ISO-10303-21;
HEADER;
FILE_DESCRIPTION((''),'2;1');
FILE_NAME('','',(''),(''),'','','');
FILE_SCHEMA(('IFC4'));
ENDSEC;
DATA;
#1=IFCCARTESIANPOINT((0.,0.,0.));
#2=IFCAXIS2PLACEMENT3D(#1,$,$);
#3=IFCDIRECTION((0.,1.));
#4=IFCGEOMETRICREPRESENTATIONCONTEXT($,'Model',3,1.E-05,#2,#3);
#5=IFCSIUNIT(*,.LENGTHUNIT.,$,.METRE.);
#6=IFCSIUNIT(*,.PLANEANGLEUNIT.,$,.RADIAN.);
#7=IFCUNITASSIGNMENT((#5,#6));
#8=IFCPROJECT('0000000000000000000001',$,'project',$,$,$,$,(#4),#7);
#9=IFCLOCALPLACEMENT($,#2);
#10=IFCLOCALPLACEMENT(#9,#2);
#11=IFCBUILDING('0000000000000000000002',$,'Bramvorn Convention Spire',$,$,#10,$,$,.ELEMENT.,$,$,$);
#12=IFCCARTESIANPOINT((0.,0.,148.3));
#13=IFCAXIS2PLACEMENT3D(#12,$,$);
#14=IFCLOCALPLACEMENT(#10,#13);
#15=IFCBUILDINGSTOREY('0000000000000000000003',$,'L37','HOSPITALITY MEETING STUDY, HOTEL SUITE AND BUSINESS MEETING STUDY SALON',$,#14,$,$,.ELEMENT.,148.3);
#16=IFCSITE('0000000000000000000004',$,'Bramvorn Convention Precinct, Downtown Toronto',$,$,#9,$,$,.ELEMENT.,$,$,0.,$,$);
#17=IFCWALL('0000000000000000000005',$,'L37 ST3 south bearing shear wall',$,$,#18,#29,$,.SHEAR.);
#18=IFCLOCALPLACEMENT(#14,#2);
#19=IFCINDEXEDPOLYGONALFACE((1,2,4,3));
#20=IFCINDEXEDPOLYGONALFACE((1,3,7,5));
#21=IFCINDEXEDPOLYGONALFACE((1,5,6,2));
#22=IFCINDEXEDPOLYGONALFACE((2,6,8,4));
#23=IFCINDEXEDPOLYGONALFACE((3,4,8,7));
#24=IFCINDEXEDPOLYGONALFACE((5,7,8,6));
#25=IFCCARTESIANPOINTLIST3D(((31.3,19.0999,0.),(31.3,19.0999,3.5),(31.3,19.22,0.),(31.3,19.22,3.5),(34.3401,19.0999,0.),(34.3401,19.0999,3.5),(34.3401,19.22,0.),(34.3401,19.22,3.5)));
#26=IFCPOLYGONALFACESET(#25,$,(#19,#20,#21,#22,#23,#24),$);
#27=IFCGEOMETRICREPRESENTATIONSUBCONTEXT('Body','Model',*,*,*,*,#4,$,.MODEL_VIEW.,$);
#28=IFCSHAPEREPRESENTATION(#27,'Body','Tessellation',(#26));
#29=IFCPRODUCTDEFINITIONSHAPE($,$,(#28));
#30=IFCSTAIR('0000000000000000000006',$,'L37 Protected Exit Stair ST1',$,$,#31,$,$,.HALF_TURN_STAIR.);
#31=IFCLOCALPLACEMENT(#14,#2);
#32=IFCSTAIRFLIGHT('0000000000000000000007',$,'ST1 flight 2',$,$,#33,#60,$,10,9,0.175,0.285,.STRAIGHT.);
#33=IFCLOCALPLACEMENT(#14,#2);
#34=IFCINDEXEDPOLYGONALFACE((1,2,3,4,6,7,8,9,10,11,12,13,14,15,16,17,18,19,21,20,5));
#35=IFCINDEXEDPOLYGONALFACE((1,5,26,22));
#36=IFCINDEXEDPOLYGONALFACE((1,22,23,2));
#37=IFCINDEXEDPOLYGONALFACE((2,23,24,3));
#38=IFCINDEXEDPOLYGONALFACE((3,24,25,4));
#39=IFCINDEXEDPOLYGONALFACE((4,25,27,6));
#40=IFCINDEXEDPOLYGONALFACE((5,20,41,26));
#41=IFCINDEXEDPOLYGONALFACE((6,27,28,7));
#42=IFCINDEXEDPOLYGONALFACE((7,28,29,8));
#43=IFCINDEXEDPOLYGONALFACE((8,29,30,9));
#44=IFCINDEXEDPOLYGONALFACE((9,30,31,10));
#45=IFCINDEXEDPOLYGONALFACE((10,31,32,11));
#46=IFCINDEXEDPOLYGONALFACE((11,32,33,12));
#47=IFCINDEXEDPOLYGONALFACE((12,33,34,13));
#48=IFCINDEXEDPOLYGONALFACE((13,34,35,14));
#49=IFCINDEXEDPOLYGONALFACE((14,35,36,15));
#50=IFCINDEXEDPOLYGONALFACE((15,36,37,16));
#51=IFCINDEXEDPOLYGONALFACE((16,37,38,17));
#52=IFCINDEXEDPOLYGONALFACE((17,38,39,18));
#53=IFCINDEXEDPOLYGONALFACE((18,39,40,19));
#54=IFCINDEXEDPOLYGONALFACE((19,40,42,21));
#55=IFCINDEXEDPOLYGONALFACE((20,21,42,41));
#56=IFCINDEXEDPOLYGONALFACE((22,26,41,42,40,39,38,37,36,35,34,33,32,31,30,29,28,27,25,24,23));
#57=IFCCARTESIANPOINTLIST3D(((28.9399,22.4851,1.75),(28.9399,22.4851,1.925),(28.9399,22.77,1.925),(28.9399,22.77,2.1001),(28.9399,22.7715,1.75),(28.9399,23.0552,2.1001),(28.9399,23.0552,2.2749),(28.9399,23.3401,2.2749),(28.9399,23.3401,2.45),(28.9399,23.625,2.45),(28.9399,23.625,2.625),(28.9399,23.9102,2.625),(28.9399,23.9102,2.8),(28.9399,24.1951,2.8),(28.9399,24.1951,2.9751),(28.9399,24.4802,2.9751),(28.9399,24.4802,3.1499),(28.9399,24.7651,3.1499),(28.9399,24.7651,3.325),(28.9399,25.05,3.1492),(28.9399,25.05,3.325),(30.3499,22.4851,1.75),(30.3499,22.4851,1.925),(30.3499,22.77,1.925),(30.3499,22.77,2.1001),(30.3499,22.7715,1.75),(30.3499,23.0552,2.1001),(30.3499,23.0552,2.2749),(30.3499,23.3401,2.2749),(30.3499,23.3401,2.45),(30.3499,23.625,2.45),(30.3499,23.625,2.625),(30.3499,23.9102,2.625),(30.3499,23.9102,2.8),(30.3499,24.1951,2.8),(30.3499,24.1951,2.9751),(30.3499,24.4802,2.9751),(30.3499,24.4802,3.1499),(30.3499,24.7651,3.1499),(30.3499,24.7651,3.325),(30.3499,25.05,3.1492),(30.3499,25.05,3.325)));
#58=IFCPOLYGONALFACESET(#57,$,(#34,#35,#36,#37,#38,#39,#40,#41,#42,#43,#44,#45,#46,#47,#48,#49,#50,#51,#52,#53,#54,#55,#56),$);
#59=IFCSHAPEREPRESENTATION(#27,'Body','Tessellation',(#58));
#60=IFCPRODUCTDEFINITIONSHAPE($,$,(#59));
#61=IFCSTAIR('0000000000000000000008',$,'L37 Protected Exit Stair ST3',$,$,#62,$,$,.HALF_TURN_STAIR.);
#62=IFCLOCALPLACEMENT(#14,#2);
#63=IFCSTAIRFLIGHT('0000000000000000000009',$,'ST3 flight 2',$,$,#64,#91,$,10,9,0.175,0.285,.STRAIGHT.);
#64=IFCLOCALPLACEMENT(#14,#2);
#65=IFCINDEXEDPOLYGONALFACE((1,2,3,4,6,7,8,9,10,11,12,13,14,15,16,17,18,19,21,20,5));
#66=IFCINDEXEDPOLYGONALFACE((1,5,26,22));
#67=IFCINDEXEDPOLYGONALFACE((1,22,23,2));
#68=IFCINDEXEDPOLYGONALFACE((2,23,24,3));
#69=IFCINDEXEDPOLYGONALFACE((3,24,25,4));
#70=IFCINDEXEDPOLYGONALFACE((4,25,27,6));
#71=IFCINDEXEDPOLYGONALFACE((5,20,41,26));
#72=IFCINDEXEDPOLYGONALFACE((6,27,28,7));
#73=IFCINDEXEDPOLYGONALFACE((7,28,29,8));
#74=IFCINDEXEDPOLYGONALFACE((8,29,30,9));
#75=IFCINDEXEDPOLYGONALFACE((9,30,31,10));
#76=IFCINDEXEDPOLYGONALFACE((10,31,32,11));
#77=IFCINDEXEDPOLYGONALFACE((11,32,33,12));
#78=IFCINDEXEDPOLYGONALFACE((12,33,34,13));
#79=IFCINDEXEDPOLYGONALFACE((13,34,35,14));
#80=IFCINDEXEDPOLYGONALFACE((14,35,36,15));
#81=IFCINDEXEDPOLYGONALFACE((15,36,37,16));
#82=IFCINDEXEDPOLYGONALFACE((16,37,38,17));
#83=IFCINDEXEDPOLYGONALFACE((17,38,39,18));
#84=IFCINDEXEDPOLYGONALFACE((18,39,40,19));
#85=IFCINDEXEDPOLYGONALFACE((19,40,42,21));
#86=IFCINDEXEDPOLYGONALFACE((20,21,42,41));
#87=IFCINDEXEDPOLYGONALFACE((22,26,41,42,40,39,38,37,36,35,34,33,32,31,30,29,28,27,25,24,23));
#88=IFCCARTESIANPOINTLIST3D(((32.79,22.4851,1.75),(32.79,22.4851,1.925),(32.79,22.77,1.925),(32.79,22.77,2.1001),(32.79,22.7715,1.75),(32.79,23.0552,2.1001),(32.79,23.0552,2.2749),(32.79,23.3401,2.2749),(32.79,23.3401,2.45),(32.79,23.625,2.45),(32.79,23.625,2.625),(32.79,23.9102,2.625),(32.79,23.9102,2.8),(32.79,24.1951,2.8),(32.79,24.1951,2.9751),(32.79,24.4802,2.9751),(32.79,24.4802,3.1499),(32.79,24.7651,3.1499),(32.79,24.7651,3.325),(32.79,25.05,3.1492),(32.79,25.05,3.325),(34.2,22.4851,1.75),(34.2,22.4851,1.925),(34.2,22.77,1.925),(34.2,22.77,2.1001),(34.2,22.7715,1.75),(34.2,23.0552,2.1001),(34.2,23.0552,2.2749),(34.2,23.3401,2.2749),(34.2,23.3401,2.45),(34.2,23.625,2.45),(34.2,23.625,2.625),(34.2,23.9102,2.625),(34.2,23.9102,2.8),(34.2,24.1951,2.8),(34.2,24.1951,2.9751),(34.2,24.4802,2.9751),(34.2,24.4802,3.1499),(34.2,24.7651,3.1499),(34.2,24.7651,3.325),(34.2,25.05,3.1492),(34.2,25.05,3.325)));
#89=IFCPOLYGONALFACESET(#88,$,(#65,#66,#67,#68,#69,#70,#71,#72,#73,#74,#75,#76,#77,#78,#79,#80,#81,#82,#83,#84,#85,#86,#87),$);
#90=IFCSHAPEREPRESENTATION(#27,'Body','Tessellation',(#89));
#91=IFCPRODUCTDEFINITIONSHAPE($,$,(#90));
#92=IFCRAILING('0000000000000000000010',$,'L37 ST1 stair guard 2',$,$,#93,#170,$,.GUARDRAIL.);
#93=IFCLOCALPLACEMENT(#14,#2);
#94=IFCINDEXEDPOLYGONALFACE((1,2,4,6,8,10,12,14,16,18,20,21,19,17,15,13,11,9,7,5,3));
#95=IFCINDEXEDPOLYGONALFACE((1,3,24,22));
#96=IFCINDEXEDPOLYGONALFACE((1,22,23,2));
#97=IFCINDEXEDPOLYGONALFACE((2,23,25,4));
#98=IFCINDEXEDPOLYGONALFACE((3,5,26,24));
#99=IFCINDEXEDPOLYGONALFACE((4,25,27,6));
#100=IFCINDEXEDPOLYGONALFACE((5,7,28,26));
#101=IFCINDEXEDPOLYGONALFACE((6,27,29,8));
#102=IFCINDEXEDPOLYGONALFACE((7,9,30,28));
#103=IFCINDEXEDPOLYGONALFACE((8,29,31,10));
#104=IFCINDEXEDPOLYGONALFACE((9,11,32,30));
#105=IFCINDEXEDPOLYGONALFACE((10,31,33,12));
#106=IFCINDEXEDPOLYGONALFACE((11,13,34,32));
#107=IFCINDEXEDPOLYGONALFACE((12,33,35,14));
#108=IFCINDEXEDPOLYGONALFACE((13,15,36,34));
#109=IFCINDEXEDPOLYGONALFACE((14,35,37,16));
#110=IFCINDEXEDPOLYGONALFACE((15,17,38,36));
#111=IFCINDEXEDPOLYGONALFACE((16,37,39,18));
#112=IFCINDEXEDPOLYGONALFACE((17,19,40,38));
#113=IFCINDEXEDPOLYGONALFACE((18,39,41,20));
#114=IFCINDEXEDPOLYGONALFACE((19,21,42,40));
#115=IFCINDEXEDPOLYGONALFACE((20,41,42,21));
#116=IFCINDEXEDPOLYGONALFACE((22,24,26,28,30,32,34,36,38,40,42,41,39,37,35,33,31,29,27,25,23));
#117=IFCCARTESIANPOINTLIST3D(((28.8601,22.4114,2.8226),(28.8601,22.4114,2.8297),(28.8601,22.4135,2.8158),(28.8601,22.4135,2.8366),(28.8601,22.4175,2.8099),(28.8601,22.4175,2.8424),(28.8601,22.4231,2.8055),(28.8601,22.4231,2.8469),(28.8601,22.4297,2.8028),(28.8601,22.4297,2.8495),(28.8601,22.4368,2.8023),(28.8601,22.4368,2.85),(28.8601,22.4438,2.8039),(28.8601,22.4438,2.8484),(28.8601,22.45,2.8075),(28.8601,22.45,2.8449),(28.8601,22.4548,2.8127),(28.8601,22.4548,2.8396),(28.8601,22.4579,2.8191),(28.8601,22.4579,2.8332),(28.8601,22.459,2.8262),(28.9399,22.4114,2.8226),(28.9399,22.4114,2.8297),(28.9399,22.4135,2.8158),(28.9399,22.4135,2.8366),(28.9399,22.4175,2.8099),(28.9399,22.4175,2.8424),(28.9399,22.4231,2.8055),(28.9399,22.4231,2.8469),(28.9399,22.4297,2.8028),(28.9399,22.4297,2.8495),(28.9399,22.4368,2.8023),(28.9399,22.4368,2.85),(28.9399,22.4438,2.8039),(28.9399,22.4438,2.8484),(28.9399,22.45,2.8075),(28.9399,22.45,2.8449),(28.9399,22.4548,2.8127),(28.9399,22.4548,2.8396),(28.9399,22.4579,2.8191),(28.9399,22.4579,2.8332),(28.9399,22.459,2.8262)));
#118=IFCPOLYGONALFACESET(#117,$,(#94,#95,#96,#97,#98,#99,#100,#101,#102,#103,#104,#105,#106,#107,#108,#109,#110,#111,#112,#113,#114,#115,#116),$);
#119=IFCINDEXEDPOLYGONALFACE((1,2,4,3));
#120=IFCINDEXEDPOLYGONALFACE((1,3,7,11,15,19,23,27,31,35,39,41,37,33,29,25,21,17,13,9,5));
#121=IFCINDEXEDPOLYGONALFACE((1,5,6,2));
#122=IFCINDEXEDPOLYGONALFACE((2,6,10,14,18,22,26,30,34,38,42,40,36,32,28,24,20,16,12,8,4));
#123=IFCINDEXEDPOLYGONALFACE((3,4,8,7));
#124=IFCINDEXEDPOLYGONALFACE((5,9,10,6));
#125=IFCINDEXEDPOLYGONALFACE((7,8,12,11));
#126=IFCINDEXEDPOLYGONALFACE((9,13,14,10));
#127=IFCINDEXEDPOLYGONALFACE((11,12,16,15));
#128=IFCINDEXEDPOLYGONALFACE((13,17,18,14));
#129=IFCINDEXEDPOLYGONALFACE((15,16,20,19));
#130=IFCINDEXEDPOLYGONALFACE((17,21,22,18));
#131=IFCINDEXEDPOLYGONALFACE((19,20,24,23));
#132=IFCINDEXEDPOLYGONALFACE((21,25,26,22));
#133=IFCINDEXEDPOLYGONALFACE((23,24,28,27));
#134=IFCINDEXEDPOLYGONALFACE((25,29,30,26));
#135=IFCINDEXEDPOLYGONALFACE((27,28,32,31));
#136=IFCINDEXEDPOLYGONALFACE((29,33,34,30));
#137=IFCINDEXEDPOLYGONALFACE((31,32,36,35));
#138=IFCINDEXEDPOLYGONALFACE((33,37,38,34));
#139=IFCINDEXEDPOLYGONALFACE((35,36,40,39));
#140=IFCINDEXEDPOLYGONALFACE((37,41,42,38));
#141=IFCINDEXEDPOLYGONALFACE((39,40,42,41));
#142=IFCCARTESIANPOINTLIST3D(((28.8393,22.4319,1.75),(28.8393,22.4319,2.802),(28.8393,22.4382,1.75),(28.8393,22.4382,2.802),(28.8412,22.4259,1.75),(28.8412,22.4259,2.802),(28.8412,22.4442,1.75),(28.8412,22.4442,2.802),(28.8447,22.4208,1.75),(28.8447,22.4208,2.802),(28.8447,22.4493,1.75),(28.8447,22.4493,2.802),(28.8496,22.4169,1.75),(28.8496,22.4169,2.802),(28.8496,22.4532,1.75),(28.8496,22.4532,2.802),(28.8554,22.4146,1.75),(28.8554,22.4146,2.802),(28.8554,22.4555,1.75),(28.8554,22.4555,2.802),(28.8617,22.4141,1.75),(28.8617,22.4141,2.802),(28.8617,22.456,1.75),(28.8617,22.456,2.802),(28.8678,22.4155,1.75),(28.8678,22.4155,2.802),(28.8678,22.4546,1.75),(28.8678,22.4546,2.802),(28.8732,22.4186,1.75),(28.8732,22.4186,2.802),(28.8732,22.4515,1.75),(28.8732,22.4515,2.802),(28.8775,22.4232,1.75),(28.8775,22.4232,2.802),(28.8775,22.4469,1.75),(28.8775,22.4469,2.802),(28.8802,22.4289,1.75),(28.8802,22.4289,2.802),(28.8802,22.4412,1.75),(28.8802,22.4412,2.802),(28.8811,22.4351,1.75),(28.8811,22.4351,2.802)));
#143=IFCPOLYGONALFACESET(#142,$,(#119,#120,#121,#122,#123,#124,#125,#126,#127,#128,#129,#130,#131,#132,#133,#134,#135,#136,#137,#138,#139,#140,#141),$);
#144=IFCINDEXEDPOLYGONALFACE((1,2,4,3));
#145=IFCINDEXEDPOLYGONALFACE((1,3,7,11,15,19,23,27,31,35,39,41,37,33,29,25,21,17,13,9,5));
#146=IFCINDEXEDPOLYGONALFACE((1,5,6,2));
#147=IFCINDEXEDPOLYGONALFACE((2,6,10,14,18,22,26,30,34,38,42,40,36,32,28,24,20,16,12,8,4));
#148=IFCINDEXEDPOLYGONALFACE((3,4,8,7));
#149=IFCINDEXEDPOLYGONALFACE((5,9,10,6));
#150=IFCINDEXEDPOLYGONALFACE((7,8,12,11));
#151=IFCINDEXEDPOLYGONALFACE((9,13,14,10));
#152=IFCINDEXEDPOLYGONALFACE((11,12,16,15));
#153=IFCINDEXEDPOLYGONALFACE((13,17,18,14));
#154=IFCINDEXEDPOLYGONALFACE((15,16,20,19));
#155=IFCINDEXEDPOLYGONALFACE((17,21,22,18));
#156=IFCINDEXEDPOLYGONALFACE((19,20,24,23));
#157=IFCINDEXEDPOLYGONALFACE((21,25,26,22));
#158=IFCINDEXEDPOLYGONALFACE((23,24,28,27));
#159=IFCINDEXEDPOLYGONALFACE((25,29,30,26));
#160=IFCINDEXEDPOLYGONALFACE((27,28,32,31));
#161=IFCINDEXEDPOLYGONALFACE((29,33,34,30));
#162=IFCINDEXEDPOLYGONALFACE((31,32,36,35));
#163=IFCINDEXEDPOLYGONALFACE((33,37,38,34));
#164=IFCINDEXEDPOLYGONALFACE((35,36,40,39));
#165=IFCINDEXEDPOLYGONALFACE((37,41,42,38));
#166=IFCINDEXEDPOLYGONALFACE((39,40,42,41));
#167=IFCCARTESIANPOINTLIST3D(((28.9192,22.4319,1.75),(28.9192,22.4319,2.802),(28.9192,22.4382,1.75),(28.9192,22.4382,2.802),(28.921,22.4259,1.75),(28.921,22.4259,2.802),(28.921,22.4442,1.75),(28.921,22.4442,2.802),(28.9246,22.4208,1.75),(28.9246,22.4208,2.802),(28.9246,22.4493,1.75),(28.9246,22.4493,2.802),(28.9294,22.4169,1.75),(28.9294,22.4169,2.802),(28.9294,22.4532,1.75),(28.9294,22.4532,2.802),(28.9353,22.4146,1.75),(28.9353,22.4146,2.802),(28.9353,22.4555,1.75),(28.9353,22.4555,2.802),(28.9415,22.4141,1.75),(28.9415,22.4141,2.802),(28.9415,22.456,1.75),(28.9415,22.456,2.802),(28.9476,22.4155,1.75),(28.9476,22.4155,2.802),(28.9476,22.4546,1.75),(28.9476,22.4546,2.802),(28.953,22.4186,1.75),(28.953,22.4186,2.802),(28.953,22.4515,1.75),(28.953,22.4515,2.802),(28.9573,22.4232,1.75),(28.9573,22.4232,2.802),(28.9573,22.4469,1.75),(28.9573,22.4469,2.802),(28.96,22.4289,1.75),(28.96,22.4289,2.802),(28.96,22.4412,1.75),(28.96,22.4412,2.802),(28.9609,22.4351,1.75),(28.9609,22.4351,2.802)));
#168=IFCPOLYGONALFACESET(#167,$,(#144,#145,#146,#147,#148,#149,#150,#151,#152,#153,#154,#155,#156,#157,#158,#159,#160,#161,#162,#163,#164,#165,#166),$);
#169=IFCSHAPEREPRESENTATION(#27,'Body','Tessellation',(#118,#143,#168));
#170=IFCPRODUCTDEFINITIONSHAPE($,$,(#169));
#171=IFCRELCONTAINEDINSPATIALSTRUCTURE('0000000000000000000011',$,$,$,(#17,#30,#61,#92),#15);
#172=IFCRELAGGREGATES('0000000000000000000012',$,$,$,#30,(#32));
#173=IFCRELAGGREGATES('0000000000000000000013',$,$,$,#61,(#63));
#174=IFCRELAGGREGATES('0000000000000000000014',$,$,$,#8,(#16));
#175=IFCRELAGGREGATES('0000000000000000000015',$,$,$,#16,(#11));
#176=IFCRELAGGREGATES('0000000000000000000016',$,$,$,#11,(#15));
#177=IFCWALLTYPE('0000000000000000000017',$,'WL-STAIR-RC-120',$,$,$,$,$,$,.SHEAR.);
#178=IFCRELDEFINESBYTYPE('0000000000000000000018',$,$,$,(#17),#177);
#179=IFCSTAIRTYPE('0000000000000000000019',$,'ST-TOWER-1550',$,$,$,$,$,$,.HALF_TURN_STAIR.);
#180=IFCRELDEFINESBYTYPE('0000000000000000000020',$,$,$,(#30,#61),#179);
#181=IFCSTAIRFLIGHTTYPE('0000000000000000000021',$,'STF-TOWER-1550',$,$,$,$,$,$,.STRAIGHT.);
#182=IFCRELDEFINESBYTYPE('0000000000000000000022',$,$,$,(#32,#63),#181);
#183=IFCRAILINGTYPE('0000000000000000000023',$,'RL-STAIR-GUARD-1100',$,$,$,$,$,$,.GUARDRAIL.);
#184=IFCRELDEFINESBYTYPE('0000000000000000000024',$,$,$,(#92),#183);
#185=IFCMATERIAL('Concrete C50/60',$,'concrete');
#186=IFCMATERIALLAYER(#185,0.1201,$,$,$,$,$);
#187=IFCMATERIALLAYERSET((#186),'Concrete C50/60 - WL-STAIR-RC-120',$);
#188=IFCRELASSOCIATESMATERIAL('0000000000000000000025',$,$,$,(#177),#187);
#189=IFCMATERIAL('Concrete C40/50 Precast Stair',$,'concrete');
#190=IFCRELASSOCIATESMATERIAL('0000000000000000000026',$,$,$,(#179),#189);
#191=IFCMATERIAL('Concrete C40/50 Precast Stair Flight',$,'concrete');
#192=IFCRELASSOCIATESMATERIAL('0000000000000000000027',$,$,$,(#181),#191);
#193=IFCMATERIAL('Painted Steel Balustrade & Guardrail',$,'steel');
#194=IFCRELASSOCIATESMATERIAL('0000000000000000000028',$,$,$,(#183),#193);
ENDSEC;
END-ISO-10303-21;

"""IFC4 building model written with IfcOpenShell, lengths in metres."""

from ifc_helpers import new_model, si_unit, direction, frame, frame_2d, origin, origin_2d, place, context, subcontext, project, spatial, polyline, rectangle, circle, outline, extrude, material, layer, layer_set, type_object, element, aggregate, save


model = new_model("IFC4")

# Units and contexts
model_context = context("Model", 3, precision=1e-05, world=origin(), true_north=direction((0.0, 1.0)))
body_context = subcontext(model_context, "Body", "Model", "MODEL_VIEW")
ifc_project = project(units=[si_unit("LENGTHUNIT", "METRE"), si_unit("PLANEANGLEUNIT", "RADIAN")], contexts=[model_context])

# Site, building, storey
site_placement = place(None, origin())
site = spatial("IfcSite", under=ifc_project, at=site_placement, Name="Bramvorn Convention Precinct, Downtown Toronto", CompositionType="ELEMENT", RefElevation=0.0)
building_placement = place(site_placement, origin())
building = spatial("IfcBuilding", under=site, at=building_placement, Name="Bramvorn Convention Spire", CompositionType="ELEMENT")
storey_placement = place(building_placement, frame((0.0, 0.0, 148.3)))
storey = spatial("IfcBuildingStorey", under=building, at=storey_placement, Name="L37", Description="HOSPITALITY MEETING STUDY, HOTEL SUITE AND BUSINESS MEETING STUDY SALON", CompositionType="ELEMENT", Elevation=148.3)

# Wall
ifc_material_1 = material(Name="Concrete C50/60", Category="concrete")
ifc_layer_1 = layer(ifc_material_1, 0.1201)
ifc_layer_set_1 = layer_set([ifc_layer_1], Name="Concrete C50/60 - WL-STAIR-RC-120")
wall_type_1 = type_object("IfcWallType", Name="WL-STAIR-RC-120", PredefinedType="SHEAR", material=ifc_layer_set_1)
wall_1_placement = place(storey_placement, frame((31.3, 19.1599, 0.0), z_axis=(0.0, 0.0, 1.0), x_axis=(1.0, 0.0, 0.0)))
element("IfcWall", 1, at=wall_1_placement, inside=storey, type_object=wall_type_1, Name="L37 ST3 south bearing shear wall", PredefinedType="SHEAR", context=body_context, shape_type="SweptSolid", body=[
    extrude(rectangle(XDim=3.04, YDim=0.1201, at=frame_2d((1.52, 0.0))), origin(), (0.0, 0.0, 1.0), 3.5),
])

# Stairs, stair flights
ifc_material_2 = material(Name="Concrete C40/50 Precast Stair", Category="concrete")
stair_type = type_object("IfcStairType", Name="ST-TOWER-1550", PredefinedType="HALF_TURN_STAIR", material=ifc_material_2)
stair_1_placement = place(storey_placement, origin())
stair_1 = element("IfcStair", 2, at=stair_1_placement, inside=storey, type_object=stair_type, Name="L37 Protected Exit Stair ST1", PredefinedType="HALF_TURN_STAIR")
ifc_material_3 = material(Name="Concrete C40/50 Precast Stair Flight", Category="concrete")
stair_flight_type = type_object("IfcStairFlightType", Name="STF-TOWER-1550", PredefinedType="STRAIGHT", material=ifc_material_3)
stair_flight_1_placement = place(storey_placement, frame((29.645, 22.4851, 1.75), z_axis=(0.0, 0.0, 1.0), x_axis=(0.0, 1.0, 0.0)))
stair_flight_1 = element("IfcStairFlight", 3, at=stair_flight_1_placement, type_object=stair_flight_type, Name="ST1 flight 2", NumberOfRisers=10, NumberOfTreads=9, PredefinedType="STRAIGHT", RiserHeight=0.175, TreadLength=0.285, context=body_context, shape_type="SweptSolid", body=[
    extrude(outline(polyline([(0.0, 0.0), (0.0, 0.175), (0.2849, 0.175), (0.2849, 0.3501), (0.5701, 0.3501), (0.5701, 0.5249), (0.855, 0.5249), (0.855, 0.7), (1.1399, 0.7), (1.1399, 0.875), (1.425, 0.875), (1.425, 1.05), (1.71, 1.05), (1.71, 1.2251), (1.9951, 1.2251), (1.9951, 1.3999), (2.28, 1.3999), (2.28, 1.575), (2.5649, 1.575), (2.5649, 1.75), (2.5649, 1.3992), (0.2864, 0.0), (0.0, 0.0)])), frame((0.0, 0.7051, 0.0), z_axis=(0.0, -1.0, 0.0), x_axis=(1.0, 0.0, 0.0)), (0.0, 0.0, 1.0), 1.4099),
])
aggregate(stair_1, [stair_flight_1])
stair_2_placement = place(storey_placement, origin())
stair_2 = element("IfcStair", 4, at=stair_2_placement, inside=storey, type_object=stair_type, Name="L37 Protected Exit Stair ST3", PredefinedType="HALF_TURN_STAIR")
stair_flight_2_placement = place(storey_placement, frame((33.4951, 22.4851, 1.75), z_axis=(0.0, 0.0, 1.0), x_axis=(0.0, 1.0, 0.0)))
stair_flight_2 = element("IfcStairFlight", 5, at=stair_flight_2_placement, type_object=stair_flight_type, Name="ST3 flight 2", NumberOfRisers=10, NumberOfTreads=9, PredefinedType="STRAIGHT", RiserHeight=0.175, TreadLength=0.285, context=body_context, shape_type="SweptSolid", body=[
    extrude(outline(polyline([(0.0, 0.0), (0.0, 0.175), (0.2849, 0.175), (0.2849, 0.3501), (0.5701, 0.3501), (0.5701, 0.5249), (0.855, 0.5249), (0.855, 0.7), (1.1399, 0.7), (1.1399, 0.875), (1.425, 0.875), (1.425, 1.05), (1.71, 1.05), (1.71, 1.2251), (1.9951, 1.2251), (1.9951, 1.3999), (2.28, 1.3999), (2.28, 1.575), (2.5649, 1.575), (2.5649, 1.75), (2.5649, 1.3992), (0.2864, 0.0), (0.0, 0.0)])), frame((0.0, 0.7051, 0.0), z_axis=(0.0, -1.0, 0.0), x_axis=(1.0, 0.0, 0.0)), (0.0, 0.0, 1.0), 1.4099),
])
aggregate(stair_2, [stair_flight_2])

# Railing
ifc_material_4 = material(Name="Painted Steel Balustrade & Guardrail", Category="steel")
railing_type_1 = type_object("IfcRailingType", Name="RL-STAIR-GUARD-1100", PredefinedType="GUARDRAIL", material=ifc_material_4)
railing_1_placement = place(storey_placement, frame((28.8601, 22.4351, 1.75)))
element("IfcRailing", 6, at=railing_1_placement, inside=storey, type_object=railing_type_1, Name="L37 ST1 stair guard 2", PredefinedType="GUARDRAIL", context=body_context, shape_type="SweptSolid", body=[
    extrude(circle(Radius=0.0239, at=origin_2d()), frame((0.0, 0.0, 1.0762), z_axis=(1.0, 0.0, 0.0), x_axis=(0.0, 1.0, 0.0)), (0.0, 0.0, 1.0), 0.0798),
    extrude(circle(Radius=0.021, at=origin_2d()), origin(), (0.0, 0.0, 1.0), 1.052),
    extrude(circle(Radius=0.021, at=origin_2d()), frame((0.0798, 0.0, 0.0)), (0.0, 0.0, 1.0), 1.052),
])

save(model, "model.ifc")
